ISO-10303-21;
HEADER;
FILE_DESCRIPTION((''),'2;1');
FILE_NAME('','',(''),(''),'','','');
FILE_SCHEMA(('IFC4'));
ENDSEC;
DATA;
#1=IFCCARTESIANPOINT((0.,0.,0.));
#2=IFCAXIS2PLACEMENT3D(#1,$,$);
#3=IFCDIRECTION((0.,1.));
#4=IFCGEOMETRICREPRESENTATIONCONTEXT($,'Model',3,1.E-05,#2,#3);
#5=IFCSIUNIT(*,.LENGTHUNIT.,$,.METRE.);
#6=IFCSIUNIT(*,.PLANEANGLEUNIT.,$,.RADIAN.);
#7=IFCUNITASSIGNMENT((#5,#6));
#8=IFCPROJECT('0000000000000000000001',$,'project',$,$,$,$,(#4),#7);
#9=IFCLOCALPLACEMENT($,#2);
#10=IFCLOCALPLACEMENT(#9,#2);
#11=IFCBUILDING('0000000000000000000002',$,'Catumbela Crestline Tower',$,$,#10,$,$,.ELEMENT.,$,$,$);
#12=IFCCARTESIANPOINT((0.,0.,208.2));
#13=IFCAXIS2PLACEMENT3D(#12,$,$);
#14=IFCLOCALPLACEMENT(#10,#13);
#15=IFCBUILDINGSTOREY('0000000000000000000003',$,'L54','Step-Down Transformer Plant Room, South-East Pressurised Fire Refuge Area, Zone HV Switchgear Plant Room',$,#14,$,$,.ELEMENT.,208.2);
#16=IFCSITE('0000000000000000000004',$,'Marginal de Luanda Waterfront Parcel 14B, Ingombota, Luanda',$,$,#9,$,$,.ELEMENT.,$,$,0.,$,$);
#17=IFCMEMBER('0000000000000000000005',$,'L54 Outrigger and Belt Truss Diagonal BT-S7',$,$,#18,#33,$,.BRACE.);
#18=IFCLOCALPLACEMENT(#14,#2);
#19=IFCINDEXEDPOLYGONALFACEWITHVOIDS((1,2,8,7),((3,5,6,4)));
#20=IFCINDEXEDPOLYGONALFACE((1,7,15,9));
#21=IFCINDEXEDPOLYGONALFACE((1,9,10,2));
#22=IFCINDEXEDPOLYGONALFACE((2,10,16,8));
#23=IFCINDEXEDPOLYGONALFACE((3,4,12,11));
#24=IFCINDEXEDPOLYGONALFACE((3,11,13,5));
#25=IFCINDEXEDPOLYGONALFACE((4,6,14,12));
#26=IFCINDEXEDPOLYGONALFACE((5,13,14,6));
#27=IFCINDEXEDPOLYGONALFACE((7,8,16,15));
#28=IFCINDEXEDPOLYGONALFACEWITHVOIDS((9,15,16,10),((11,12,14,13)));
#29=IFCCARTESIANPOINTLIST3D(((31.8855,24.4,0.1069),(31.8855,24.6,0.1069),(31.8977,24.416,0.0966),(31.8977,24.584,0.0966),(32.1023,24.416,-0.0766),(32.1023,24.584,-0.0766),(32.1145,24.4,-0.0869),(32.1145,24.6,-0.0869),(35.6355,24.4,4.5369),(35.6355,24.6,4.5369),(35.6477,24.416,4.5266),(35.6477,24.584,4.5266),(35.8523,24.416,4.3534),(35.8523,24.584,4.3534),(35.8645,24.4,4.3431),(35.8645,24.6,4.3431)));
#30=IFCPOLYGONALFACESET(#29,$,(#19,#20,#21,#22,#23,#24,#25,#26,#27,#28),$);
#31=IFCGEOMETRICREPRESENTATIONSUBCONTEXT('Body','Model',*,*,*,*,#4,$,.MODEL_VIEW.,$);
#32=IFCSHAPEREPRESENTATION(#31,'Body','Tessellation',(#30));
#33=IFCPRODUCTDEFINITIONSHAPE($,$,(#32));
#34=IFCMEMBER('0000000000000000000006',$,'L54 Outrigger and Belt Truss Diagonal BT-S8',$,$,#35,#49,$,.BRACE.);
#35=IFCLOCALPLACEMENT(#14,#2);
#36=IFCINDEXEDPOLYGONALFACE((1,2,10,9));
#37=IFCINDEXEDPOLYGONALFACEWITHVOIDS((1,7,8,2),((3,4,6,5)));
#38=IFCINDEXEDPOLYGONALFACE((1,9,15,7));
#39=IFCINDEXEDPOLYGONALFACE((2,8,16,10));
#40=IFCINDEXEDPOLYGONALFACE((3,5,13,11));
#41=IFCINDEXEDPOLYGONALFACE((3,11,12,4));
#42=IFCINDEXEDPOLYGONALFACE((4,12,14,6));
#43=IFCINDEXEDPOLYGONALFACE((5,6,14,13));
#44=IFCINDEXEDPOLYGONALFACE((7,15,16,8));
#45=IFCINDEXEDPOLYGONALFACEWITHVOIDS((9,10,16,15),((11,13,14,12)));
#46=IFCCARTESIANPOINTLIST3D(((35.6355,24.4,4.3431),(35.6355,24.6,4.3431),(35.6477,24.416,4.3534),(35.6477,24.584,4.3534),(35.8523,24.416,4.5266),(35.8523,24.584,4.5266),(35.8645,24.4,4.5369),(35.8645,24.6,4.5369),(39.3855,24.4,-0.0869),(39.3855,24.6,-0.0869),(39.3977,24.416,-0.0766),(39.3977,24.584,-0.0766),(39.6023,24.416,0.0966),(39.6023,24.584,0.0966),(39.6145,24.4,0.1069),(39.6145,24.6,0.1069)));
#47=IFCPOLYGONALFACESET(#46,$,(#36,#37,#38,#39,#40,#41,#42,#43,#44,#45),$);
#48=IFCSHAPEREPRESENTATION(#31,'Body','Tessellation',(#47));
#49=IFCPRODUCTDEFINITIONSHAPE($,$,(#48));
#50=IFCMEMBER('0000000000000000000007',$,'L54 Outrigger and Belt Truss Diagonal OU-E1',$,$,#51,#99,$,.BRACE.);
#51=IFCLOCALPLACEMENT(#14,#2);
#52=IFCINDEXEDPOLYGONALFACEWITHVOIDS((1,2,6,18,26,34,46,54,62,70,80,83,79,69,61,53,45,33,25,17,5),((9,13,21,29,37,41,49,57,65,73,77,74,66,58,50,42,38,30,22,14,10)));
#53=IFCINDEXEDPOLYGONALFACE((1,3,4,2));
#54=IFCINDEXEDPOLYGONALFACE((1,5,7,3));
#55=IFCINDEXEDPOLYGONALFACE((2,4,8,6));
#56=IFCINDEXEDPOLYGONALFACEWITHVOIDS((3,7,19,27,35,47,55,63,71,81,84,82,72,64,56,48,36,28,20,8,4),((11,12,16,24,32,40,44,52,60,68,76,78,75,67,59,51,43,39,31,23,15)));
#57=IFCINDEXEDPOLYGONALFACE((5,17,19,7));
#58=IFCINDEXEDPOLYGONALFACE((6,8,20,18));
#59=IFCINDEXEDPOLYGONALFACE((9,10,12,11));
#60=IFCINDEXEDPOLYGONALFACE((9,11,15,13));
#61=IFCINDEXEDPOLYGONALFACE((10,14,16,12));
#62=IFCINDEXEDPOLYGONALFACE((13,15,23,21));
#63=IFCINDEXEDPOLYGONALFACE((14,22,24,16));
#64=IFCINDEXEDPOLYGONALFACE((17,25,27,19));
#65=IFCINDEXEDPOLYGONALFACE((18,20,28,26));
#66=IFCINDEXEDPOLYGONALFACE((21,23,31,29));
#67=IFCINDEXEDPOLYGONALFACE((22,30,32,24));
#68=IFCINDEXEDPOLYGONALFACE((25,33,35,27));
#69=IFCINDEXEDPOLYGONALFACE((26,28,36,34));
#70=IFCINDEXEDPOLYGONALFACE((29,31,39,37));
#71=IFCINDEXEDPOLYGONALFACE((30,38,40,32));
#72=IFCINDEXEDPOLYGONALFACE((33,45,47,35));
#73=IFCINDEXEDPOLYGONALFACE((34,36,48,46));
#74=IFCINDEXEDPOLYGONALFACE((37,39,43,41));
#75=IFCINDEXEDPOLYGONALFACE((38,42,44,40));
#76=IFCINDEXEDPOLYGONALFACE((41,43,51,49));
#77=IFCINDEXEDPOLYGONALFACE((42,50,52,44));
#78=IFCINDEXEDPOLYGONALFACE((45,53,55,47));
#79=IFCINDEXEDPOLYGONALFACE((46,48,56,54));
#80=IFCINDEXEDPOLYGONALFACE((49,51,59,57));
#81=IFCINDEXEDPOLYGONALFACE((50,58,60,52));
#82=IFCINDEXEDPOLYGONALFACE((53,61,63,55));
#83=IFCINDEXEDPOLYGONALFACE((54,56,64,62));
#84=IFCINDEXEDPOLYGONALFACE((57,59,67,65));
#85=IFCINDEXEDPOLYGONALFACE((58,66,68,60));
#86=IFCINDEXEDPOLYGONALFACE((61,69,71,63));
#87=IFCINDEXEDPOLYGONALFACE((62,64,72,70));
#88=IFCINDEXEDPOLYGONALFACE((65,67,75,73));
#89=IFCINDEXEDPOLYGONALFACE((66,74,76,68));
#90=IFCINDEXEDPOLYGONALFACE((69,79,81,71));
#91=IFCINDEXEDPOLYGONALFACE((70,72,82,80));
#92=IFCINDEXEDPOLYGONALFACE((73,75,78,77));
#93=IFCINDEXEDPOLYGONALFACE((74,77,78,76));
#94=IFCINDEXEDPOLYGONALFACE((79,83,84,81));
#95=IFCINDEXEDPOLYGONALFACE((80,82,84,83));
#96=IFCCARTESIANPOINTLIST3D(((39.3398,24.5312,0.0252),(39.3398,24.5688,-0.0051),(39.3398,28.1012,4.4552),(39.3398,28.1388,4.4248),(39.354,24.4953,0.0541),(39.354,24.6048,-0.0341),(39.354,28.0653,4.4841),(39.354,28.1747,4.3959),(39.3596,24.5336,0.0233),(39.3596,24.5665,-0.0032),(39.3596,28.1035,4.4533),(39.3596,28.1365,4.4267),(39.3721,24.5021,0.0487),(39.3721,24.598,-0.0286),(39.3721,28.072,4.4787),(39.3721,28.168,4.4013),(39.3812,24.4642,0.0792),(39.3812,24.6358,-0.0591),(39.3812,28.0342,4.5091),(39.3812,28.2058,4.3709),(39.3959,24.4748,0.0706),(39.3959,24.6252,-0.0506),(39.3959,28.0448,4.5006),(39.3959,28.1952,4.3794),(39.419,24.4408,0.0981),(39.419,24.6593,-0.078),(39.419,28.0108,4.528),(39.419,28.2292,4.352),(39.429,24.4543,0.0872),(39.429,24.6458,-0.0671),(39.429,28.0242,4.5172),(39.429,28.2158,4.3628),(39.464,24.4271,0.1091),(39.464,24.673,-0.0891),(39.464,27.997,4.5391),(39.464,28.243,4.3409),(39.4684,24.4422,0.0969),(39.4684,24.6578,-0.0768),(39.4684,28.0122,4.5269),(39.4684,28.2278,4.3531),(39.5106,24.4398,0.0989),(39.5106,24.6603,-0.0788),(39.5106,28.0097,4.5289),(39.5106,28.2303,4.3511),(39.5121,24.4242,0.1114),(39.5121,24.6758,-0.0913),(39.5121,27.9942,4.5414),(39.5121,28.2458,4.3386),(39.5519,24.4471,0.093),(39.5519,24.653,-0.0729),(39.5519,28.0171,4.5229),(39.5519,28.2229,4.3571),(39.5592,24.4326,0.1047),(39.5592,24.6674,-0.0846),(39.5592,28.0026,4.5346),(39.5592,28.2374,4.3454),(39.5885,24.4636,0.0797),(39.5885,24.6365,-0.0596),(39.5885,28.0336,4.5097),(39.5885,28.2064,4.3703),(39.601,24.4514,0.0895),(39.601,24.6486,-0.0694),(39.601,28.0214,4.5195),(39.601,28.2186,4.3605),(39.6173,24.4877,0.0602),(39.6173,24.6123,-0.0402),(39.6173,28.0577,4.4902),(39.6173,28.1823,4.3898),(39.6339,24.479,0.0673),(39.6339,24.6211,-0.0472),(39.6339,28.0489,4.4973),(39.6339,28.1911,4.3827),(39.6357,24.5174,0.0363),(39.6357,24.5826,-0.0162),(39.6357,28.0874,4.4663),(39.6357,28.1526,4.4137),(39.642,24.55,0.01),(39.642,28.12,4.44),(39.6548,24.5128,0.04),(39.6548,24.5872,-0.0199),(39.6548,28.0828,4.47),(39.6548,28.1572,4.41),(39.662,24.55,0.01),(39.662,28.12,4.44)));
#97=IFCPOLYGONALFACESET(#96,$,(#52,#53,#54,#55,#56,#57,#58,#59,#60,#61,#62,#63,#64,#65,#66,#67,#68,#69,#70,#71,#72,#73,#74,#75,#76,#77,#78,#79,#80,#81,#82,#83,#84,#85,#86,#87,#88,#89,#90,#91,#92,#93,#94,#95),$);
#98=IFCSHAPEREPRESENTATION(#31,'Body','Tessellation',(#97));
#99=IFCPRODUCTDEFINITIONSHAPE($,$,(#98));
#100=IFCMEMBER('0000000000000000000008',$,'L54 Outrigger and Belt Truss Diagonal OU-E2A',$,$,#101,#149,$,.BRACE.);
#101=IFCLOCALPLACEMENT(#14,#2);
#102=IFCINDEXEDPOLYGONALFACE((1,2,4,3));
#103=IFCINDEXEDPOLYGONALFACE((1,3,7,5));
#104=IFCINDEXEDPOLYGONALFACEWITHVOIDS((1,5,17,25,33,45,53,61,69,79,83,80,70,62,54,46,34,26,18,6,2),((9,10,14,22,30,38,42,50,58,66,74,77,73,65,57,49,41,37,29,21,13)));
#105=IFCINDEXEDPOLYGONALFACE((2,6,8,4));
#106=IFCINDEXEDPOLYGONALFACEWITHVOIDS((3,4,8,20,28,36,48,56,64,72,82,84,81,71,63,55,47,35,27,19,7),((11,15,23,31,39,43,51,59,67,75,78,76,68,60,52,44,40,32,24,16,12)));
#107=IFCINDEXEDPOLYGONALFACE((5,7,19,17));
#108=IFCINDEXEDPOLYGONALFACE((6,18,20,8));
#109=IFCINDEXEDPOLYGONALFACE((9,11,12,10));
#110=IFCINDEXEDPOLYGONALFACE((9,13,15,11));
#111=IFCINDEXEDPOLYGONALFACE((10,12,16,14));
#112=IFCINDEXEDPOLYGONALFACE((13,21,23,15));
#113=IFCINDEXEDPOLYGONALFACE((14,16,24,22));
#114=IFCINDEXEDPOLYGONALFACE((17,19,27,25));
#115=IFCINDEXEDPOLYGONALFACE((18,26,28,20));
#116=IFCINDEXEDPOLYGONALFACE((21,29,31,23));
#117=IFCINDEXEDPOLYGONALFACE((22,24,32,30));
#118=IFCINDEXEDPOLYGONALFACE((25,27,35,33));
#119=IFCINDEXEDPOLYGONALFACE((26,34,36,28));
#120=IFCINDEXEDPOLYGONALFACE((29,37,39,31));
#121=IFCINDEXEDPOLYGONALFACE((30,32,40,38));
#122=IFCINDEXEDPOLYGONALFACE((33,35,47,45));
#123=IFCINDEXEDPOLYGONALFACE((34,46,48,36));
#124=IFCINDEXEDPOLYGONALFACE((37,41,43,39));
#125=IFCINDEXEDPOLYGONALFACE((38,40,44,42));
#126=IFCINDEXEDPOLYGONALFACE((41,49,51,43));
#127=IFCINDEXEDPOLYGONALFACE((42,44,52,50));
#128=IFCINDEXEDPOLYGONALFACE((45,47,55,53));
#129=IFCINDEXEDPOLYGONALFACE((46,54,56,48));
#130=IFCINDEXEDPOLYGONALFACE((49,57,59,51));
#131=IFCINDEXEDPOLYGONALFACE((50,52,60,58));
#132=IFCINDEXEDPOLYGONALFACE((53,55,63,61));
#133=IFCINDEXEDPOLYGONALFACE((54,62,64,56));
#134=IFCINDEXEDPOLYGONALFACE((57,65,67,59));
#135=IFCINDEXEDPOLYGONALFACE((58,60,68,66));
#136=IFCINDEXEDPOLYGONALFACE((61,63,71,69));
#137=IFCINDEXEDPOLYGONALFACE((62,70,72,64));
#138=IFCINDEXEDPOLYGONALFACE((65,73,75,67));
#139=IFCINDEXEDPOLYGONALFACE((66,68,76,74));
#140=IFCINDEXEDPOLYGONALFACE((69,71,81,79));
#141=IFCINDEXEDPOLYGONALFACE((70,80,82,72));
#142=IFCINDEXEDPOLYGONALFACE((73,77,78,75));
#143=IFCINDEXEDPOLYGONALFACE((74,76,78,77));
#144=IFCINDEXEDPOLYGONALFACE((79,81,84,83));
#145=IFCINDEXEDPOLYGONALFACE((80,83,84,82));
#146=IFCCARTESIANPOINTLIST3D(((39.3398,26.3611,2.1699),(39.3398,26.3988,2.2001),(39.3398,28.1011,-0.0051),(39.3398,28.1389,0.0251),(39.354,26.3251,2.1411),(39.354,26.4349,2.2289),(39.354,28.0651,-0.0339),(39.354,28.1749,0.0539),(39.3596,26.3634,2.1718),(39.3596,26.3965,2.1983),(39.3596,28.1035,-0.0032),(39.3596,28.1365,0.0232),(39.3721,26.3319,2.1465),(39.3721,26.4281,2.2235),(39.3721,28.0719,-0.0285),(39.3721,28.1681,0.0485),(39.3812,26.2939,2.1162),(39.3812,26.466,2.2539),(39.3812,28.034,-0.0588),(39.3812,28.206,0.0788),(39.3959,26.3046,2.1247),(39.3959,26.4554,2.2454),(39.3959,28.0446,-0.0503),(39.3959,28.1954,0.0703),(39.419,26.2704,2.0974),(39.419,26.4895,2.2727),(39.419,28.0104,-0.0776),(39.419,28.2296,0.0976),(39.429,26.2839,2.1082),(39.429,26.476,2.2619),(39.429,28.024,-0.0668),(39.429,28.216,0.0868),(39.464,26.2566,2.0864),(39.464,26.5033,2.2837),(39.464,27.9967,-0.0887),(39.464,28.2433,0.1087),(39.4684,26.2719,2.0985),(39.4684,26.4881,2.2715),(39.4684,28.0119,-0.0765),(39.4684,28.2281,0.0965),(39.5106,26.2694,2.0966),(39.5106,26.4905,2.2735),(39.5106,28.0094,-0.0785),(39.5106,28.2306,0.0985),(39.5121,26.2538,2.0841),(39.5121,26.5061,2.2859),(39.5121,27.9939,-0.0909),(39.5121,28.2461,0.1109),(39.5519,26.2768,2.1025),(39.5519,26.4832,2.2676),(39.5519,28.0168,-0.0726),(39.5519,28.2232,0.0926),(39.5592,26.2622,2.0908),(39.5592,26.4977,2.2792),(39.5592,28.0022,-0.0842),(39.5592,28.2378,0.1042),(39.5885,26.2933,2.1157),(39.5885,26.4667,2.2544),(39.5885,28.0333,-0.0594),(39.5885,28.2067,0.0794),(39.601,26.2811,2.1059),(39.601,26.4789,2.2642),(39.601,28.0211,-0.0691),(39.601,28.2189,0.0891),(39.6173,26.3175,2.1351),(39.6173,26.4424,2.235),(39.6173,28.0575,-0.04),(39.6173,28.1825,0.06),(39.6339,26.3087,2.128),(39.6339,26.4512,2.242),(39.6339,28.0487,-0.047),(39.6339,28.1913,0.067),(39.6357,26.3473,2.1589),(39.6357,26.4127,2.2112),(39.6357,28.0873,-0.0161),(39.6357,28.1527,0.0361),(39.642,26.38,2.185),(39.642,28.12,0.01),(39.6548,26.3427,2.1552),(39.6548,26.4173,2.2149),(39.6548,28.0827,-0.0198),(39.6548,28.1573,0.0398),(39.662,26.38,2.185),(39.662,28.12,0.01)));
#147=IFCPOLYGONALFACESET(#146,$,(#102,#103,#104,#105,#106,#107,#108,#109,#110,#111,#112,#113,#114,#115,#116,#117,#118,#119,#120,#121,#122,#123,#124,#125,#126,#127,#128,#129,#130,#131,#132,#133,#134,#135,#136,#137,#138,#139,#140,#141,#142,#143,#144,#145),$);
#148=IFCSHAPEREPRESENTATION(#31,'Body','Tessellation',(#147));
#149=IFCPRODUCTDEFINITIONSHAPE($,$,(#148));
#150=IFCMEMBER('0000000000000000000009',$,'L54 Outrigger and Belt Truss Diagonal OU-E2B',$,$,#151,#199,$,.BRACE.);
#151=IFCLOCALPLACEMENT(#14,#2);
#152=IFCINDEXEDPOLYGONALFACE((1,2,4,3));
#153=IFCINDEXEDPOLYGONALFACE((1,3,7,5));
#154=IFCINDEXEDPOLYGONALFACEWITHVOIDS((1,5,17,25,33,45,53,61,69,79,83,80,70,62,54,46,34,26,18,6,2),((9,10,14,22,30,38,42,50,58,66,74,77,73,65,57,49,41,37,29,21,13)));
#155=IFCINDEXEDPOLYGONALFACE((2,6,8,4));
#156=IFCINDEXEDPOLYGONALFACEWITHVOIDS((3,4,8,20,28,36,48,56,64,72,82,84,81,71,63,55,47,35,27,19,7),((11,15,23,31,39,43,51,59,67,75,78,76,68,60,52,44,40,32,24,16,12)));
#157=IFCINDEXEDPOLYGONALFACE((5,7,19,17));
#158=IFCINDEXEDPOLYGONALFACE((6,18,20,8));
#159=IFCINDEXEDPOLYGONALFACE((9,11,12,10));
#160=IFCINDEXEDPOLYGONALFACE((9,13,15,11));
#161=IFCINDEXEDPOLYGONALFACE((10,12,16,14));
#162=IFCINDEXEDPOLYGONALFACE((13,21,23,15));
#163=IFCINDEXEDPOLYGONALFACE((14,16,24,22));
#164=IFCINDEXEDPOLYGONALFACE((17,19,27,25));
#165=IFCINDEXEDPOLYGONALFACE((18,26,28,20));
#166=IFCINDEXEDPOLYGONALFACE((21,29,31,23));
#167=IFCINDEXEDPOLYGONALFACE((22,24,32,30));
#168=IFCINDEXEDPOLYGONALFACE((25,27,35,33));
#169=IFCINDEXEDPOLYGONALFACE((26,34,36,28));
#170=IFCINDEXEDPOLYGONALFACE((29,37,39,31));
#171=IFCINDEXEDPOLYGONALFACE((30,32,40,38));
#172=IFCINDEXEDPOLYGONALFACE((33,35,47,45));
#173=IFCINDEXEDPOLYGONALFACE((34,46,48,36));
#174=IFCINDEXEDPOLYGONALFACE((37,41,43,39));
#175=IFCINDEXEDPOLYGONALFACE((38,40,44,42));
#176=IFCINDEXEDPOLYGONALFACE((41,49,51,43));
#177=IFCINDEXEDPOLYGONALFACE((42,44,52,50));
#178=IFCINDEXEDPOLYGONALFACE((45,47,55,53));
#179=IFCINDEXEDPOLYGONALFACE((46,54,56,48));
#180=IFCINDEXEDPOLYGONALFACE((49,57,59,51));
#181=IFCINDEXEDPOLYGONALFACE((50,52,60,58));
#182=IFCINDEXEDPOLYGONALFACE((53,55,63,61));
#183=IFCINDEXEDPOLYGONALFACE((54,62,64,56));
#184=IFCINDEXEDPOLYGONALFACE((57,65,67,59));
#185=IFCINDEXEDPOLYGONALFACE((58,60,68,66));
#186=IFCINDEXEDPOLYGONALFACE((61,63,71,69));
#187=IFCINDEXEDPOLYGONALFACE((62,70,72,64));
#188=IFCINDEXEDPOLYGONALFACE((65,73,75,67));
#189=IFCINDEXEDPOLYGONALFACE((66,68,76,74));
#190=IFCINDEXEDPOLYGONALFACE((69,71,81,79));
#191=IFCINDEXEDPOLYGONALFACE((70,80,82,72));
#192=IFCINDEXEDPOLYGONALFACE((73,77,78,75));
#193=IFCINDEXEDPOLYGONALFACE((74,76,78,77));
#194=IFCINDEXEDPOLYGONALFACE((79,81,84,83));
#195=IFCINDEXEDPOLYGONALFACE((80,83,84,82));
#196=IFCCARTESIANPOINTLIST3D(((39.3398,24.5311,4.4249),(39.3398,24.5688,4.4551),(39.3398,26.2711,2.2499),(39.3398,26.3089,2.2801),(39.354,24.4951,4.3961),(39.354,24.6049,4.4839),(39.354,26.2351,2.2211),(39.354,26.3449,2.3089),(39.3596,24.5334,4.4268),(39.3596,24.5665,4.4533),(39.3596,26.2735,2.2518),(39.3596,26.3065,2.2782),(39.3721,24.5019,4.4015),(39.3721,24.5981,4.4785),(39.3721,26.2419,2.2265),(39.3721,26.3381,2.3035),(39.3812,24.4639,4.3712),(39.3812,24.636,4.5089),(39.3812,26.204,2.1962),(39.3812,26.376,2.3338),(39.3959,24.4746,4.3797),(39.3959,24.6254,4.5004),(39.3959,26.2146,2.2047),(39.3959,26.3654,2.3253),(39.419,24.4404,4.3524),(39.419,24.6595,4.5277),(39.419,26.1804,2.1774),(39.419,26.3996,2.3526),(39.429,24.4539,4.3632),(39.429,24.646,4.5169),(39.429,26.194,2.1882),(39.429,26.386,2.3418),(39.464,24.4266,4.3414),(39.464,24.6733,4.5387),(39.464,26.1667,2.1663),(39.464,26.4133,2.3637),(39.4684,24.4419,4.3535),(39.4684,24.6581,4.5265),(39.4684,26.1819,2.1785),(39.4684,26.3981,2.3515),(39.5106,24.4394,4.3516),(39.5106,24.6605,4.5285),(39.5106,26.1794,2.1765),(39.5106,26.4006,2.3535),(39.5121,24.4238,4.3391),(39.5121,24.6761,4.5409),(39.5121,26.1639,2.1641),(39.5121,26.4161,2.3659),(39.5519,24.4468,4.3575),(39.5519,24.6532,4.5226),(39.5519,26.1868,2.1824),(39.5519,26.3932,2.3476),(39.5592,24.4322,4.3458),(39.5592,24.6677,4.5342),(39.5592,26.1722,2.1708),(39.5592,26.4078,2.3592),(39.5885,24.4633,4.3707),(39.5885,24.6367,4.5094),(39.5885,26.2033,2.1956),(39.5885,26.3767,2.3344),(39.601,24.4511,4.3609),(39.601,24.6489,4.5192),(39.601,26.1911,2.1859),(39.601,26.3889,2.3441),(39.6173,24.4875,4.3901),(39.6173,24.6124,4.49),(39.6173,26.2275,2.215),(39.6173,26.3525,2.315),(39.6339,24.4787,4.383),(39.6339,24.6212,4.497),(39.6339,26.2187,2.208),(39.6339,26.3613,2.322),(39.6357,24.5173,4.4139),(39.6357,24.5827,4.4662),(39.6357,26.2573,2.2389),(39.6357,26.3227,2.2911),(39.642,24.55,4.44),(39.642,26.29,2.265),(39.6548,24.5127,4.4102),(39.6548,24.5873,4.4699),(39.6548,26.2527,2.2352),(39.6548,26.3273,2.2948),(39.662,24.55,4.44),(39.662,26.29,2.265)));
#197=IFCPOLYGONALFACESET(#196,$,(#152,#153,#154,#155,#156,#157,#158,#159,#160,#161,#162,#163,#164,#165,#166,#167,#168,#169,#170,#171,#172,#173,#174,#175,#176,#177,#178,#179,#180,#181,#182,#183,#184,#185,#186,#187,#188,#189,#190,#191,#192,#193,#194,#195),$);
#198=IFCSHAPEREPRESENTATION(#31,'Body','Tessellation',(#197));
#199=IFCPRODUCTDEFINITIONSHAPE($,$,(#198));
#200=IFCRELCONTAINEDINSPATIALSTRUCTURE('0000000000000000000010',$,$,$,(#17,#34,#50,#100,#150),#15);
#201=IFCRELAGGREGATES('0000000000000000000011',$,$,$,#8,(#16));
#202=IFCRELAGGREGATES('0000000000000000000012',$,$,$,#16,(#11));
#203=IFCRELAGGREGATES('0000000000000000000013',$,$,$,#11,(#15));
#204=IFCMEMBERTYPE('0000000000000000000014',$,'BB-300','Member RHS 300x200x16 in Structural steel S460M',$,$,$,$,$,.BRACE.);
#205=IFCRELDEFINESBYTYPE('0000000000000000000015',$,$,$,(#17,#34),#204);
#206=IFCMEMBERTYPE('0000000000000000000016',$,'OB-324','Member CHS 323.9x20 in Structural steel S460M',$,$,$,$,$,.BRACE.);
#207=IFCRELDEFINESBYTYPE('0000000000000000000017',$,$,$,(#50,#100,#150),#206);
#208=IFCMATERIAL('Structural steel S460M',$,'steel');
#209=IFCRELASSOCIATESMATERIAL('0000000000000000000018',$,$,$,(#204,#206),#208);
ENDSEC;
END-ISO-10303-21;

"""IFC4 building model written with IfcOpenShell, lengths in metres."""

from ifc_helpers import new_model, si_unit, direction, frame, origin, origin_2d, place, context, subcontext, project, spatial, hollow_rectangle, hollow_circle, extrude, material, material_profile, profile_set, type_object, element, save


model = new_model("IFC4")

# Units and contexts
model_context = context("Model", 3, precision=1e-05, world=origin(), true_north=direction((0.0, 1.0)))
body_context = subcontext(model_context, "Body", "Model", "MODEL_VIEW")
ifc_project = project(units=[si_unit("LENGTHUNIT", "METRE"), si_unit("PLANEANGLEUNIT", "RADIAN")], contexts=[model_context])

# Site, building, storey
site_placement = place(None, origin())
site = spatial("IfcSite", under=ifc_project, at=site_placement, Name="Marginal de Luanda Waterfront Parcel 14B, Ingombota, Luanda", CompositionType="ELEMENT", RefElevation=0.0)
building_placement = place(site_placement, origin())
building = spatial("IfcBuilding", under=site, at=building_placement, Name="Catumbela Crestline Tower", CompositionType="ELEMENT")
storey_placement = place(building_placement, frame((0.0, 0.0, 208.2)))
storey = spatial("IfcBuildingStorey", under=building, at=storey_placement, Name="L54", Description="Step-Down Transformer Plant Room, South-East Pressurised Fire Refuge Area, Zone HV Switchgear Plant Room", CompositionType="ELEMENT", Elevation=208.2)

# Members
ifc_material_1 = material(Name="Structural steel S460M", Category="steel")
ifc_material_profile_1 = material_profile(ifc_material_1, hollow_rectangle(XDim=0.2, YDim=0.3, WallThickness=0.016, at=origin_2d()), Name="RHS 300x200x16")
ifc_profile_set_1 = profile_set([ifc_material_profile_1], Name="Structural steel S460M")
member_type_1 = type_object("IfcMemberType", Name="BB-300", Description="Member RHS 300x200x16 in Structural steel S460M", PredefinedType="BRACE", material=ifc_profile_set_1)
for number, where, z_axis, x_axis, name in (
    (1, (32.0, 24.5, 0.01), (0.646097, 0.0, 0.763256), (0.0, 1.0, 0.0), "L54 Outrigger and Belt Truss Diagonal BT-S7"),
    (2, (35.75, 24.5, 4.44), (0.646097, 0.0, -0.763256), (0.0, 1.0, 0.0), "L54 Outrigger and Belt Truss Diagonal BT-S8"),
):
    element("IfcMember", number, at=place(storey_placement, frame(where, z_axis=z_axis, x_axis=x_axis)), inside=storey, type_object=member_type_1, Name=name, PredefinedType="BRACE", context=body_context, shape_type="SweptSolid", body=[
        extrude(hollow_rectangle(XDim=0.2, YDim=0.3, WallThickness=0.016, at=origin_2d()), origin(), (0.0, 0.0, 1.0), 5.8041),
    ])
ifc_material_profile_2 = material_profile(ifc_material_1, hollow_circle(Radius=0.162, WallThickness=0.02, at=origin_2d()), Name="CHS 323.9x20")
ifc_profile_set_2 = profile_set([ifc_material_profile_2], Name="Structural steel S460M")
member_type_2 = type_object("IfcMemberType", Name="OB-324", Description="Member CHS 323.9x20 in Structural steel S460M", PredefinedType="BRACE", material=ifc_profile_set_2)
member_placement = place(storey_placement, frame((39.5, 28.12, 4.44), z_axis=(0.0, -0.627478, -0.778635), x_axis=(1.0, 0.0, 0.0)))
element("IfcMember", 3, at=member_placement, inside=storey, type_object=member_type_2, Name="L54 Outrigger and Belt Truss Diagonal OU-E1", PredefinedType="BRACE", context=body_context, shape_type="SweptSolid", body=[
    extrude(hollow_circle(Radius=0.162, WallThickness=0.02, at=origin_2d()), origin(), (0.0, 0.0, 1.0), 5.6894),
])
for number, where, z_axis, x_axis, name in (
    (4, (39.5, 28.12, 0.01), (0.0, -0.624695, 0.780869), (1.0, 0.0, 0.0), "L54 Outrigger and Belt Truss Diagonal OU-E2A"),
    (5, (39.5, 26.29, 2.265), (0.0, -0.624695, 0.780869), (1.0, 0.0, 0.0), "L54 Outrigger and Belt Truss Diagonal OU-E2B"),
):
    element("IfcMember", number, at=place(storey_placement, frame(where, z_axis=z_axis, x_axis=x_axis)), inside=storey, type_object=member_type_2, Name=name, PredefinedType="BRACE", context=body_context, shape_type="SweptSolid", body=[
        extrude(hollow_circle(Radius=0.162, WallThickness=0.02, at=origin_2d()), origin(), (0.0, 0.0, 1.0), 2.7854),
    ])

save(model, "model.ifc")
